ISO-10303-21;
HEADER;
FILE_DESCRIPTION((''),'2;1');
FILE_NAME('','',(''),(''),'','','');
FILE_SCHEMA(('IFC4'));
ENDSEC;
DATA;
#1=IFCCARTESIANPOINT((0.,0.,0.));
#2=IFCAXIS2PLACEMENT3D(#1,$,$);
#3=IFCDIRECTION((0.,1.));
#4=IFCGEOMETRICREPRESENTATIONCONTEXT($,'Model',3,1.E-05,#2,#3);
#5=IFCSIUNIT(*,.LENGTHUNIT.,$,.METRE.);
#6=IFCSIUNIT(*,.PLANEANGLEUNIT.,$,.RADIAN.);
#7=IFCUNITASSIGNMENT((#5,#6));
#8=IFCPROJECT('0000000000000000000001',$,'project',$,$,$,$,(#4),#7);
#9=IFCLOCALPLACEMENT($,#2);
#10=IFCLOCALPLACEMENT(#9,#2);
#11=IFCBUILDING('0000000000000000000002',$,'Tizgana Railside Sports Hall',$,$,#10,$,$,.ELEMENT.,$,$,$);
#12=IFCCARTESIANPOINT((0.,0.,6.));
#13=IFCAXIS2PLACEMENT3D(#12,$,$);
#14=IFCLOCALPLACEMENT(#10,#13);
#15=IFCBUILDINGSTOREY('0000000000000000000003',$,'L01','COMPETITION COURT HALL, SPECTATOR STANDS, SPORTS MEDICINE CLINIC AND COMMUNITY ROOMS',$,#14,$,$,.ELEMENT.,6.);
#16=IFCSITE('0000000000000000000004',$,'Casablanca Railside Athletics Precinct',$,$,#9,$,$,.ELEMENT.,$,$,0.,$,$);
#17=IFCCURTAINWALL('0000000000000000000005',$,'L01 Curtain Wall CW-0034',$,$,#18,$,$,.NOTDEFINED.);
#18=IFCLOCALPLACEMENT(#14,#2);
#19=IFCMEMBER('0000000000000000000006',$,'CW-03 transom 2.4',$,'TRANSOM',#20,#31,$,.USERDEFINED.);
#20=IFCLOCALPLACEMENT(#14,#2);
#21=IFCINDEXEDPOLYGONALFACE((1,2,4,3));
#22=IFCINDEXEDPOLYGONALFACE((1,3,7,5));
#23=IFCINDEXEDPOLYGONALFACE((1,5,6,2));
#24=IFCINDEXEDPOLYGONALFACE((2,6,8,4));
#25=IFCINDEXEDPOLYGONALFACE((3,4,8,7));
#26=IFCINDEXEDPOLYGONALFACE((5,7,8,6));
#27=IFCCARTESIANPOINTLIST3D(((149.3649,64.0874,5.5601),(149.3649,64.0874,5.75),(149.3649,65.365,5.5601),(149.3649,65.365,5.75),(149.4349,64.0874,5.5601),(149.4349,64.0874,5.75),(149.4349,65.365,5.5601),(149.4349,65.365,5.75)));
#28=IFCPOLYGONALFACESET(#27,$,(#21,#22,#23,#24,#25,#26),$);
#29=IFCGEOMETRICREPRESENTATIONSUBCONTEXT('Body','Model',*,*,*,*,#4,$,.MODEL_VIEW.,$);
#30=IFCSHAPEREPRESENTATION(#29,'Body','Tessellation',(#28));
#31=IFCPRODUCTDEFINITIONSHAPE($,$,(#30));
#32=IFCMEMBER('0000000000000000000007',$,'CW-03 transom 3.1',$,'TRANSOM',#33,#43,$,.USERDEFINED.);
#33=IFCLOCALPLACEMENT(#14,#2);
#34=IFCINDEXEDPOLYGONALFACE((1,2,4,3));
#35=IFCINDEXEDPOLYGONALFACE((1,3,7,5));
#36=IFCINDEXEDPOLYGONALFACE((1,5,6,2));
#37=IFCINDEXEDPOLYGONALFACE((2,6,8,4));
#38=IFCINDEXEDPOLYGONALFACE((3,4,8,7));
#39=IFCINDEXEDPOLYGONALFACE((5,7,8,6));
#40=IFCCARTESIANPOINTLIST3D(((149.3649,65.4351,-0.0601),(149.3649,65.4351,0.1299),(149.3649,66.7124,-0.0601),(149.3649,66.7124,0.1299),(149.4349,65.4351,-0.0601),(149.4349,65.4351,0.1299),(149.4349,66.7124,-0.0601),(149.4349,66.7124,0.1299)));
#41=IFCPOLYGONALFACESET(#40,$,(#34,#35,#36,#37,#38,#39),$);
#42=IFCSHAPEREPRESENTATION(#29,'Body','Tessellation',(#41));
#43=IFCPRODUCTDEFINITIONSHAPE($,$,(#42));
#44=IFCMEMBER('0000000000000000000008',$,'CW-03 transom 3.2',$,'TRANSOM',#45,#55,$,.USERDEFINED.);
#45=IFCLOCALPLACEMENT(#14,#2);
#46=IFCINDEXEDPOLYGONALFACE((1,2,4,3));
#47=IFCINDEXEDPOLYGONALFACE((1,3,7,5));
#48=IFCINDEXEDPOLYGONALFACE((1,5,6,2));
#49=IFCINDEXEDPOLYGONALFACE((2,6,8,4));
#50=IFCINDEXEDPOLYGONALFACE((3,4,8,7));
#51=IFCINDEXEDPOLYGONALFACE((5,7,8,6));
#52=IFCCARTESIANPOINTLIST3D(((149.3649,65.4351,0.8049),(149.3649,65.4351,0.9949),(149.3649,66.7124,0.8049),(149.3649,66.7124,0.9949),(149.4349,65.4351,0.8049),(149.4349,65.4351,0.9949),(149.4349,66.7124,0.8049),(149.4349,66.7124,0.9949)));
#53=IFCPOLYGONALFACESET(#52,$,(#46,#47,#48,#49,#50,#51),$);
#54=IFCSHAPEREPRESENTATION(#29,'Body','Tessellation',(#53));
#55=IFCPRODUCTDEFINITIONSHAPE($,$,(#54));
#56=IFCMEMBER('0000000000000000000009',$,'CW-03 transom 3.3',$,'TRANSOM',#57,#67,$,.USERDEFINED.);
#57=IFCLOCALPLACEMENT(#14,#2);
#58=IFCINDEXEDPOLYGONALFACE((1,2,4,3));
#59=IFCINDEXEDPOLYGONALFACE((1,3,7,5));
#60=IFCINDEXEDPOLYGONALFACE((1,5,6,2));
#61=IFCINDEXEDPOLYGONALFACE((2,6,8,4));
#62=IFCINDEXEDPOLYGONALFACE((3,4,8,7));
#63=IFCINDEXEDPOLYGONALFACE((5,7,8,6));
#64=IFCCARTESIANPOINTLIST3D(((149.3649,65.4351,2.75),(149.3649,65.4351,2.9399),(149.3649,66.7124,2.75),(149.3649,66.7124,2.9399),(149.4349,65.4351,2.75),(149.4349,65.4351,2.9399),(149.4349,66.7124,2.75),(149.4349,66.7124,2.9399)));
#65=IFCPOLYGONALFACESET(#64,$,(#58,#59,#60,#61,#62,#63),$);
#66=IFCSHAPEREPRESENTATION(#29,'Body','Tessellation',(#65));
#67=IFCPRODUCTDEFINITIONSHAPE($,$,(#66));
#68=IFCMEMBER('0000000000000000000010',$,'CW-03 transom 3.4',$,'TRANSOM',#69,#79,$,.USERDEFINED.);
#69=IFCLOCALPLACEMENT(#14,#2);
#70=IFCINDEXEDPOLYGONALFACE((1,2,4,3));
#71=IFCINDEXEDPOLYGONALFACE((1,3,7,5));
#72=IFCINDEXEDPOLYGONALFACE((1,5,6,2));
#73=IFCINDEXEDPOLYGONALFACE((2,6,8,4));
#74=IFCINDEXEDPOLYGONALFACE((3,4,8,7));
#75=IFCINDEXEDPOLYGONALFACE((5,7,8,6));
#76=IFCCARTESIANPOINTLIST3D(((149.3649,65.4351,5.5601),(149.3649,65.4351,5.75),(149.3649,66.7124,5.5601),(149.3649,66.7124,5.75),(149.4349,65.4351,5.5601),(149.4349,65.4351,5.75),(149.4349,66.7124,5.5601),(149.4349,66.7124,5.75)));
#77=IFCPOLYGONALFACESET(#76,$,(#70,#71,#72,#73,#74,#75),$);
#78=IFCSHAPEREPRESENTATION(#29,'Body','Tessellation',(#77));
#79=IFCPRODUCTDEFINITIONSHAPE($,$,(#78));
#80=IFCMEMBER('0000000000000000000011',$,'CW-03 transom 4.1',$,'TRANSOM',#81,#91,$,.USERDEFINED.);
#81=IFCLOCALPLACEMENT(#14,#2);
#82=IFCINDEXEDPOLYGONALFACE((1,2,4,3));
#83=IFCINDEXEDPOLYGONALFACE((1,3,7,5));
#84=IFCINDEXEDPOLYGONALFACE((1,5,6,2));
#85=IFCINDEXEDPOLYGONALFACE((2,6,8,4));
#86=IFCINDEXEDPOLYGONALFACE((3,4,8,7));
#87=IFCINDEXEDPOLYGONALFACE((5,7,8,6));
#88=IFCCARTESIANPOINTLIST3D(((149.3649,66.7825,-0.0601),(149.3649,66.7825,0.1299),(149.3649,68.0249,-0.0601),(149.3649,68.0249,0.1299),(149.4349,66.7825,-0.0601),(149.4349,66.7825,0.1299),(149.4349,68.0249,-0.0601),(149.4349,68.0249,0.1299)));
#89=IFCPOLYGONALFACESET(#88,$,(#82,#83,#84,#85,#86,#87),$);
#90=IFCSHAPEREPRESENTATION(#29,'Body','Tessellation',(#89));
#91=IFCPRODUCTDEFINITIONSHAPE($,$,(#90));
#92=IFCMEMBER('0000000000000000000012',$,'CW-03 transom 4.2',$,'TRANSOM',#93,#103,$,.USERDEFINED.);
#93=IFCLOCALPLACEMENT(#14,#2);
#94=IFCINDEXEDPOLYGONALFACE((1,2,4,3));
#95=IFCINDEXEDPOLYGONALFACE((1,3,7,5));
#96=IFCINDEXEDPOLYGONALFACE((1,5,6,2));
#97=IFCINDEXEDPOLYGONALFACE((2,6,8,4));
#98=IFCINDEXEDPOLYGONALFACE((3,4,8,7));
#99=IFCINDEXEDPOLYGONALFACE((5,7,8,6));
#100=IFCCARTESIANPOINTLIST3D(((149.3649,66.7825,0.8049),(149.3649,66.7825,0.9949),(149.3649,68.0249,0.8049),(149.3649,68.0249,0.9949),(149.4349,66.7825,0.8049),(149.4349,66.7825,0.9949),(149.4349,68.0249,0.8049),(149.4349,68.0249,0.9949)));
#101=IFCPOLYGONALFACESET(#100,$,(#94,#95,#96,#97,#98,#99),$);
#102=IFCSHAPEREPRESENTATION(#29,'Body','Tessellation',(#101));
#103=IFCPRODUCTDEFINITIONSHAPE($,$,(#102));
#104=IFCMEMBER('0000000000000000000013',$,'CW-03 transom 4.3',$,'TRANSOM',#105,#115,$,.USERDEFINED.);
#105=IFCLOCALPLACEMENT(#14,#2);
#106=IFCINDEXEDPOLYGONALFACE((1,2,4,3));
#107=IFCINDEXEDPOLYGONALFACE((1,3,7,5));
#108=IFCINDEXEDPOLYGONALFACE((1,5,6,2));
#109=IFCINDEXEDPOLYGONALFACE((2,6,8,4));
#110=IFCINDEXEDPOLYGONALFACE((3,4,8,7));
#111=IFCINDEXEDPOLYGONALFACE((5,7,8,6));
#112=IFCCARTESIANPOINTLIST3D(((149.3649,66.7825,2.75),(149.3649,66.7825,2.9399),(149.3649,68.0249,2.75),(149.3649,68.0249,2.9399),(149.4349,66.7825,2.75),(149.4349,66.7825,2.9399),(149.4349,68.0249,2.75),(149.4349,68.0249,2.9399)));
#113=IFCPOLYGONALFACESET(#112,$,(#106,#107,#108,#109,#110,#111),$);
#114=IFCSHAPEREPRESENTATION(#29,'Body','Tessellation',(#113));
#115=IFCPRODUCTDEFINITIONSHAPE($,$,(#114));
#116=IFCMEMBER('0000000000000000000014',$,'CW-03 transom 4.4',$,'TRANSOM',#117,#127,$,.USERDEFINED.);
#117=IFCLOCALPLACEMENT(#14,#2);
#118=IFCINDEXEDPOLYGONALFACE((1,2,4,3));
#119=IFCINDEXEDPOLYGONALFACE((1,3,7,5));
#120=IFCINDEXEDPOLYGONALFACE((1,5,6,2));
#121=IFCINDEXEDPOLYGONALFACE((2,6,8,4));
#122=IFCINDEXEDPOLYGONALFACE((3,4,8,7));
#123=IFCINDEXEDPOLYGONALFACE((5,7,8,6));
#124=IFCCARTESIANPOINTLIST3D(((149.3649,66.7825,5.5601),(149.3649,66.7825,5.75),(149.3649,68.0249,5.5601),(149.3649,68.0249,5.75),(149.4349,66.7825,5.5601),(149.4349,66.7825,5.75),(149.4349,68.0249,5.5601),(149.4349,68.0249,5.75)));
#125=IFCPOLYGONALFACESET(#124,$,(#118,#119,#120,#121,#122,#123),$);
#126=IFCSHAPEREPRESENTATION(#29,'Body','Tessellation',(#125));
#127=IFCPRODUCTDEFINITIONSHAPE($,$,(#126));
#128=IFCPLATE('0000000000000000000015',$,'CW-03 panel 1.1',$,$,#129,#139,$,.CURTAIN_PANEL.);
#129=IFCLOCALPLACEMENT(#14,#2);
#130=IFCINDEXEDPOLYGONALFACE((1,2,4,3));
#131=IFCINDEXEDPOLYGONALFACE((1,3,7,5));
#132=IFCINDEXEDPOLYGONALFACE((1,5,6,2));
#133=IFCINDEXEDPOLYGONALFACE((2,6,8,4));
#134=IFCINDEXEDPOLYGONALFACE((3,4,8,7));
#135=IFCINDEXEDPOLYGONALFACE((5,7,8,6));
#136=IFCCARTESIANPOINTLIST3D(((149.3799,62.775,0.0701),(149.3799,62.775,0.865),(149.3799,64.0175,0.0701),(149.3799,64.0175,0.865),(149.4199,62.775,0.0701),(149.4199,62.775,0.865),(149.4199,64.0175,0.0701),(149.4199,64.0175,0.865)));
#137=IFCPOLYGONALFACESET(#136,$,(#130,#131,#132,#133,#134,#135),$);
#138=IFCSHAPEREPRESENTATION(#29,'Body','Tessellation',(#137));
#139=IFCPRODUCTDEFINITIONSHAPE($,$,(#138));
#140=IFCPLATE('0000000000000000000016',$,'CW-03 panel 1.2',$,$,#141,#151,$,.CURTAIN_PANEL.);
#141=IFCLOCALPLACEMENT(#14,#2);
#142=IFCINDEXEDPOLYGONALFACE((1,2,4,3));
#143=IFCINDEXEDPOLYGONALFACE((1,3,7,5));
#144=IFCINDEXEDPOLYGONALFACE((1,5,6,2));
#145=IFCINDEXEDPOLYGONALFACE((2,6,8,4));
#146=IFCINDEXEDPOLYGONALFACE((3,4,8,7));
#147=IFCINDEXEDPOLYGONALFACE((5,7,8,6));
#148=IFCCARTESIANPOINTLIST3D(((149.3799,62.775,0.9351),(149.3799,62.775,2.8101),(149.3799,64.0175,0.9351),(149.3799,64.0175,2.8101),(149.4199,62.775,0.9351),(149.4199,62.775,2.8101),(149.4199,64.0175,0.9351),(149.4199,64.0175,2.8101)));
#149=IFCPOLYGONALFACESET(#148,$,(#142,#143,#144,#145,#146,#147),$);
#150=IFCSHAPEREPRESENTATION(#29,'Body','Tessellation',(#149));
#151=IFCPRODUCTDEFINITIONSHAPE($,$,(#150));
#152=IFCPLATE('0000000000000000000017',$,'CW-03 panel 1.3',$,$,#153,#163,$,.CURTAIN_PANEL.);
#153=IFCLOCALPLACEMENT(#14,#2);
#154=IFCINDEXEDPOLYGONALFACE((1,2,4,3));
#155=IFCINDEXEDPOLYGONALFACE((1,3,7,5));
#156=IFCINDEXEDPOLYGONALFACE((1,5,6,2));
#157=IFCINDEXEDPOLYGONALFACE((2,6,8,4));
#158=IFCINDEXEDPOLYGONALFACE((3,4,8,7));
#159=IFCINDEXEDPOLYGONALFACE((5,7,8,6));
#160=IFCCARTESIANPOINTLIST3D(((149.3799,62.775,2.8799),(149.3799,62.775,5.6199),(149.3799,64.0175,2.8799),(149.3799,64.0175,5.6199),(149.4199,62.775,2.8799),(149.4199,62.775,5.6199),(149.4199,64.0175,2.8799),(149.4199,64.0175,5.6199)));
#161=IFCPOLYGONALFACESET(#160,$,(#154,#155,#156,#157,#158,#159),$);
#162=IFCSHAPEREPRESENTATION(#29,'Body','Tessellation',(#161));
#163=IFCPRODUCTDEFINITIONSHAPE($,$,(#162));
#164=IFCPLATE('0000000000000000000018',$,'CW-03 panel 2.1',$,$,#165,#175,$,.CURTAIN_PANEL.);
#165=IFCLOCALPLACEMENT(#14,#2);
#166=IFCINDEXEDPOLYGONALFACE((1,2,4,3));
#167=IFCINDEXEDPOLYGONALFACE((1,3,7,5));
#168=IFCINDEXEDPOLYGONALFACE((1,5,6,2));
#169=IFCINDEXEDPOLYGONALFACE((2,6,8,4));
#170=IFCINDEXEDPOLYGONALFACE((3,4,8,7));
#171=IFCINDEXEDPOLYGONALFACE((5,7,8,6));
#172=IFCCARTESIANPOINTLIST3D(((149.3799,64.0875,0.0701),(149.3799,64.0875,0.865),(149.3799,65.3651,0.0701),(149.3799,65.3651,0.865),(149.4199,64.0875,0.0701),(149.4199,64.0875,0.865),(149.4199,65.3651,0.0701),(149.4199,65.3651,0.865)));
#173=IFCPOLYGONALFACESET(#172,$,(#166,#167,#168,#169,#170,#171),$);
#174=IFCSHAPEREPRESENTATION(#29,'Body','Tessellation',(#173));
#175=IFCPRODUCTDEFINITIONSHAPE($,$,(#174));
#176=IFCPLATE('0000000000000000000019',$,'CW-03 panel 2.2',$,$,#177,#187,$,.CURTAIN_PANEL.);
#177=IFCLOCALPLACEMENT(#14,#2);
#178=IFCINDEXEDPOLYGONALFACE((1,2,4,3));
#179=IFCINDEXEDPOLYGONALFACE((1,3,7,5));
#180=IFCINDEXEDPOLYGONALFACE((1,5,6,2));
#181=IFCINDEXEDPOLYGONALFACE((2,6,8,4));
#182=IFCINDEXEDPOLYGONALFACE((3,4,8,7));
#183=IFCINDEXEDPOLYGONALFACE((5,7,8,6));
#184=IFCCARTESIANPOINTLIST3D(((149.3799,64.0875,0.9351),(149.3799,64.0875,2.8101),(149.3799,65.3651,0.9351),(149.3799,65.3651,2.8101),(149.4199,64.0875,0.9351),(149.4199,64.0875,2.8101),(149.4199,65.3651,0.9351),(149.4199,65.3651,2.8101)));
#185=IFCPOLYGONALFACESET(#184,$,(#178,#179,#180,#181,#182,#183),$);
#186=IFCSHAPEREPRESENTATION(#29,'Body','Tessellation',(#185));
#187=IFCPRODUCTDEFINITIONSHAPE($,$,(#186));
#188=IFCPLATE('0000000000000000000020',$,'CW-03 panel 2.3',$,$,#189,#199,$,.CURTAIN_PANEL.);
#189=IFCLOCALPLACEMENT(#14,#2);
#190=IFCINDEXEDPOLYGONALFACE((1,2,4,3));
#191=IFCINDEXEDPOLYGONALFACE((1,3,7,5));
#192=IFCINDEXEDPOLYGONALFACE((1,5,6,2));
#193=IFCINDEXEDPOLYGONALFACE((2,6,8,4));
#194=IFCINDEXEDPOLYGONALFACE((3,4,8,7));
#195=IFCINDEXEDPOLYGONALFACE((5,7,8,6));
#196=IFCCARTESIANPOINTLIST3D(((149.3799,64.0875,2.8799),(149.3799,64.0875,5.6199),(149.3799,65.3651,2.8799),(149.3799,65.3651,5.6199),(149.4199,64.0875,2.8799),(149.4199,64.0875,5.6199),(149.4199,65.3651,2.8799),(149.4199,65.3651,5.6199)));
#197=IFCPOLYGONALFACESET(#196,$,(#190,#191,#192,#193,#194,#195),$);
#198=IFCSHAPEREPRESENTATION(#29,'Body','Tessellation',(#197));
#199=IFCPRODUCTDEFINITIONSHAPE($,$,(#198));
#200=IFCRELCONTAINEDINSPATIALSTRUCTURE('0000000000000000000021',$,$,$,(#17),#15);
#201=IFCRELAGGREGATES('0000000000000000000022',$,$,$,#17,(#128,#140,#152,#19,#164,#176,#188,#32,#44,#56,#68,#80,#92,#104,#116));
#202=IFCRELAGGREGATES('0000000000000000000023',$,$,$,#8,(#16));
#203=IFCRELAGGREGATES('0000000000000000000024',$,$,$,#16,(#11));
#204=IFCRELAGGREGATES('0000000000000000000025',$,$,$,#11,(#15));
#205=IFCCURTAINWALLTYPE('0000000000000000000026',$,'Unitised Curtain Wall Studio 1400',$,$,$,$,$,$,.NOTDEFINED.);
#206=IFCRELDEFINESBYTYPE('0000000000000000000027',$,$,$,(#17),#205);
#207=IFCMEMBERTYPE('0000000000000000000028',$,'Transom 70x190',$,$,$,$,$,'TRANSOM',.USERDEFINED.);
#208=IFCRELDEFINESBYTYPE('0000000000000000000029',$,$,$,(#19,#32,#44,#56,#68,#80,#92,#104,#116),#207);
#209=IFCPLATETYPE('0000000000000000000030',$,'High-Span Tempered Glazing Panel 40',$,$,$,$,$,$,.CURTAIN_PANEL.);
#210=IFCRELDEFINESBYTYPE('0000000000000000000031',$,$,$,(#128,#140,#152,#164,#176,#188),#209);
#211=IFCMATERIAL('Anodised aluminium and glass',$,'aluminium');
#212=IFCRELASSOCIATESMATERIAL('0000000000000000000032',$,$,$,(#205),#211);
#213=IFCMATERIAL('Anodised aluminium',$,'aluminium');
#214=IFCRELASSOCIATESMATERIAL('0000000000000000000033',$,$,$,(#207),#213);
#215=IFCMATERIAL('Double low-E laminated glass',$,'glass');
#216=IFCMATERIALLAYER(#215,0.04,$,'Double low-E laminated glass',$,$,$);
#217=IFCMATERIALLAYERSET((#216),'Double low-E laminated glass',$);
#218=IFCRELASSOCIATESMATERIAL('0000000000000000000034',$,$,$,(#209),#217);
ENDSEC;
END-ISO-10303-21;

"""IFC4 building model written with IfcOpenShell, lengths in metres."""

from ifc_helpers import new_model, si_unit, direction, frame, origin, origin_2d, place, context, subcontext, project, spatial, rectangle, extrude, material, layer, layer_set, material_profile, profile_set, type_object, element, aggregate, save


model = new_model("IFC4")

# Units and contexts
model_context = context("Model", 3, precision=1e-05, world=origin(), true_north=direction((0.0, 1.0)))
body_context = subcontext(model_context, "Body", "Model", "MODEL_VIEW")
ifc_project = project(units=[si_unit("LENGTHUNIT", "METRE"), si_unit("PLANEANGLEUNIT", "RADIAN")], contexts=[model_context])

# Site, building, storey
site_placement = place(None, origin())
site = spatial("IfcSite", under=ifc_project, at=site_placement, Name="Casablanca Railside Athletics Precinct", CompositionType="ELEMENT", RefElevation=0.0)
building_placement = place(site_placement, origin())
building = spatial("IfcBuilding", under=site, at=building_placement, Name="Tizgana Railside Sports Hall", CompositionType="ELEMENT")
storey_placement = place(building_placement, frame((0.0, 0.0, 6.0)))
storey = spatial("IfcBuildingStorey", under=building, at=storey_placement, Name="L01", Description="COMPETITION COURT HALL, SPECTATOR STANDS, SPORTS MEDICINE CLINIC AND COMMUNITY ROOMS", CompositionType="ELEMENT", Elevation=6.0)

# Shared definitions
ifc_material_1 = material(Name="Anodised aluminium and glass", Category="aluminium")
ifc_material_2 = material(Name="Anodised aluminium", Category="aluminium")

# Curtain wall, members, plates
curtain_wall_type_1 = type_object("IfcCurtainWallType", Name="Unitised Curtain Wall Studio 1400", PredefinedType="NOTDEFINED", material=ifc_material_1)
curtain_wall_1_placement = place(storey_placement, origin())
curtain_wall_1 = element("IfcCurtainWall", 1, at=curtain_wall_1_placement, inside=storey, type_object=curtain_wall_type_1, Name="L01 Curtain Wall CW-0034", PredefinedType="NOTDEFINED")
ifc_material_profile_1 = material_profile(ifc_material_2, rectangle(XDim=0.0701, YDim=0.1899, at=origin_2d()), Name="Transom 70x190")
ifc_profile_set_1 = profile_set([ifc_material_profile_1], Name="Anodised aluminium")
member_type_1 = type_object("IfcMemberType", Name="Transom 70x190", ElementType="TRANSOM", PredefinedType="USERDEFINED", material=ifc_profile_set_1)
member_1_placement = place(storey_placement, frame((149.3999, 64.0874, 5.655), z_axis=(0.0, 1.0, 0.0), x_axis=(-1.0, 0.0, 0.0)))
member_1 = element("IfcMember", 2, at=member_1_placement, type_object=member_type_1, Name="CW-03 transom 2.4", ObjectType="TRANSOM", PredefinedType="USERDEFINED", context=body_context, shape_type="SweptSolid", body=[
    extrude(rectangle(XDim=0.0701, YDim=0.1899, at=origin_2d()), origin(), (0.0, 0.0, 1.0), 1.2776),
])
member_2_placement = place(storey_placement, frame((149.3999, 65.4351, 0.0349), z_axis=(0.0, 1.0, 0.0), x_axis=(-1.0, 0.0, 0.0)))
member_2 = element("IfcMember", 3, at=member_2_placement, type_object=member_type_1, Name="CW-03 transom 3.1", ObjectType="TRANSOM", PredefinedType="USERDEFINED", context=body_context, shape_type="SweptSolid", body=[
    extrude(rectangle(XDim=0.0701, YDim=0.1899, at=origin_2d()), origin(), (0.0, 0.0, 1.0), 1.2773),
])
member_3_placement = place(storey_placement, frame((149.3999, 65.4351, 0.8999), z_axis=(0.0, 1.0, 0.0), x_axis=(-1.0, 0.0, 0.0)))
member_3 = element("IfcMember", 4, at=member_3_placement, type_object=member_type_1, Name="CW-03 transom 3.2", ObjectType="TRANSOM", PredefinedType="USERDEFINED", context=body_context, shape_type="SweptSolid", body=[
    extrude(rectangle(XDim=0.0701, YDim=0.1899, at=origin_2d()), origin(), (0.0, 0.0, 1.0), 1.2773),
])
member_4_placement = place(storey_placement, frame((149.3999, 65.4351, 2.845), z_axis=(0.0, 1.0, 0.0), x_axis=(-1.0, 0.0, 0.0)))
member_4 = element("IfcMember", 5, at=member_4_placement, type_object=member_type_1, Name="CW-03 transom 3.3", ObjectType="TRANSOM", PredefinedType="USERDEFINED", context=body_context, shape_type="SweptSolid", body=[
    extrude(rectangle(XDim=0.0701, YDim=0.1899, at=origin_2d()), origin(), (0.0, 0.0, 1.0), 1.2773),
])
member_5_placement = place(storey_placement, frame((149.3999, 65.4351, 5.655), z_axis=(0.0, 1.0, 0.0), x_axis=(-1.0, 0.0, 0.0)))
member_5 = element("IfcMember", 6, at=member_5_placement, type_object=member_type_1, Name="CW-03 transom 3.4", ObjectType="TRANSOM", PredefinedType="USERDEFINED", context=body_context, shape_type="SweptSolid", body=[
    extrude(rectangle(XDim=0.0701, YDim=0.1899, at=origin_2d()), origin(), (0.0, 0.0, 1.0), 1.2773),
])
member_6_placement = place(storey_placement, frame((149.3999, 66.7825, 0.0349), z_axis=(0.0, 1.0, 0.0), x_axis=(-1.0, 0.0, 0.0)))
member_6 = element("IfcMember", 7, at=member_6_placement, type_object=member_type_1, Name="CW-03 transom 4.1", ObjectType="TRANSOM", PredefinedType="USERDEFINED", context=body_context, shape_type="SweptSolid", body=[
    extrude(rectangle(XDim=0.0701, YDim=0.1899, at=origin_2d()), origin(), (0.0, 0.0, 1.0), 1.2424),
])
member_7_placement = place(storey_placement, frame((149.3999, 66.7825, 0.8999), z_axis=(0.0, 1.0, 0.0), x_axis=(-1.0, 0.0, 0.0)))
member_7 = element("IfcMember", 8, at=member_7_placement, type_object=member_type_1, Name="CW-03 transom 4.2", ObjectType="TRANSOM", PredefinedType="USERDEFINED", context=body_context, shape_type="SweptSolid", body=[
    extrude(rectangle(XDim=0.0701, YDim=0.1899, at=origin_2d()), origin(), (0.0, 0.0, 1.0), 1.2424),
])
member_8_placement = place(storey_placement, frame((149.3999, 66.7825, 2.845), z_axis=(0.0, 1.0, 0.0), x_axis=(-1.0, 0.0, 0.0)))
member_8 = element("IfcMember", 9, at=member_8_placement, type_object=member_type_1, Name="CW-03 transom 4.3", ObjectType="TRANSOM", PredefinedType="USERDEFINED", context=body_context, shape_type="SweptSolid", body=[
    extrude(rectangle(XDim=0.0701, YDim=0.1899, at=origin_2d()), origin(), (0.0, 0.0, 1.0), 1.2424),
])
member_9_placement = place(storey_placement, frame((149.3999, 66.7825, 5.655), z_axis=(0.0, 1.0, 0.0), x_axis=(-1.0, 0.0, 0.0)))
member_9 = element("IfcMember", 10, at=member_9_placement, type_object=member_type_1, Name="CW-03 transom 4.4", ObjectType="TRANSOM", PredefinedType="USERDEFINED", context=body_context, shape_type="SweptSolid", body=[
    extrude(rectangle(XDim=0.0701, YDim=0.1899, at=origin_2d()), origin(), (0.0, 0.0, 1.0), 1.2424),
])
ifc_material_3 = material(Name="Double low-E laminated glass", Category="glass")
ifc_layer = layer(ifc_material_3, 0.04, Name="Double low-E laminated glass")
ifc_layer_set = layer_set([ifc_layer], Name="Double low-E laminated glass")
plate_type = type_object("IfcPlateType", Name="High-Span Tempered Glazing Panel 40", PredefinedType="CURTAIN_PANEL", material=ifc_layer_set)
plate_1_placement = place(storey_placement, frame((149.3999, 63.3962, 0.0701), z_axis=(0.0, 0.0, 1.0), x_axis=(0.0, 1.0, 0.0)))
plate_1 = element("IfcPlate", 11, at=plate_1_placement, type_object=plate_type, Name="CW-03 panel 1.1", PredefinedType="CURTAIN_PANEL", context=body_context, shape_type="SweptSolid", body=[
    extrude(rectangle(XDim=1.2424, YDim=0.04, at=origin_2d()), origin(), (0.0, 0.0, 1.0), 0.7949),
])
plate_2_placement = place(storey_placement, frame((149.3999, 63.3962, 0.9351), z_axis=(0.0, 0.0, 1.0), x_axis=(0.0, 1.0, 0.0)))
plate_2 = element("IfcPlate", 12, at=plate_2_placement, type_object=plate_type, Name="CW-03 panel 1.2", PredefinedType="CURTAIN_PANEL", context=body_context, shape_type="SweptSolid", body=[
    extrude(rectangle(XDim=1.2424, YDim=0.04, at=origin_2d()), origin(), (0.0, 0.0, 1.0), 1.875),
])
plate_3_placement = place(storey_placement, frame((149.3999, 63.3962, 2.8799), z_axis=(0.0, 0.0, 1.0), x_axis=(0.0, 1.0, 0.0)))
plate_3 = element("IfcPlate", 13, at=plate_3_placement, type_object=plate_type, Name="CW-03 panel 1.3", PredefinedType="CURTAIN_PANEL", context=body_context, shape_type="SweptSolid", body=[
    extrude(rectangle(XDim=1.2424, YDim=0.04, at=origin_2d()), origin(), (0.0, 0.0, 1.0), 2.74),
])
plate_4_placement = place(storey_placement, frame((149.3999, 64.7263, 0.0701), z_axis=(0.0, 0.0, 1.0), x_axis=(0.0, 1.0, 0.0)))
plate_4 = element("IfcPlate", 14, at=plate_4_placement, type_object=plate_type, Name="CW-03 panel 2.1", PredefinedType="CURTAIN_PANEL", context=body_context, shape_type="SweptSolid", body=[
    extrude(rectangle(XDim=1.2776, YDim=0.04, at=origin_2d()), origin(), (0.0, 0.0, 1.0), 0.7949),
])
plate_5_placement = place(storey_placement, frame((149.3999, 64.7263, 0.9351), z_axis=(0.0, 0.0, 1.0), x_axis=(0.0, 1.0, 0.0)))
plate_5 = element("IfcPlate", 15, at=plate_5_placement, type_object=plate_type, Name="CW-03 panel 2.2", PredefinedType="CURTAIN_PANEL", context=body_context, shape_type="SweptSolid", body=[
    extrude(rectangle(XDim=1.2776, YDim=0.04, at=origin_2d()), origin(), (0.0, 0.0, 1.0), 1.875),
])
plate_6_placement = place(storey_placement, frame((149.3999, 64.7263, 2.8799), z_axis=(0.0, 0.0, 1.0), x_axis=(0.0, 1.0, 0.0)))
plate_6 = element("IfcPlate", 16, at=plate_6_placement, type_object=plate_type, Name="CW-03 panel 2.3", PredefinedType="CURTAIN_PANEL", context=body_context, shape_type="SweptSolid", body=[
    extrude(rectangle(XDim=1.2776, YDim=0.04, at=origin_2d()), origin(), (0.0, 0.0, 1.0), 2.74),
])
aggregate(curtain_wall_1, [plate_1, plate_2, plate_3, member_1, plate_4, plate_5, plate_6, member_2, member_3, member_4, member_5, member_6, member_7, member_8, member_9])

save(model, "model.ifc")
